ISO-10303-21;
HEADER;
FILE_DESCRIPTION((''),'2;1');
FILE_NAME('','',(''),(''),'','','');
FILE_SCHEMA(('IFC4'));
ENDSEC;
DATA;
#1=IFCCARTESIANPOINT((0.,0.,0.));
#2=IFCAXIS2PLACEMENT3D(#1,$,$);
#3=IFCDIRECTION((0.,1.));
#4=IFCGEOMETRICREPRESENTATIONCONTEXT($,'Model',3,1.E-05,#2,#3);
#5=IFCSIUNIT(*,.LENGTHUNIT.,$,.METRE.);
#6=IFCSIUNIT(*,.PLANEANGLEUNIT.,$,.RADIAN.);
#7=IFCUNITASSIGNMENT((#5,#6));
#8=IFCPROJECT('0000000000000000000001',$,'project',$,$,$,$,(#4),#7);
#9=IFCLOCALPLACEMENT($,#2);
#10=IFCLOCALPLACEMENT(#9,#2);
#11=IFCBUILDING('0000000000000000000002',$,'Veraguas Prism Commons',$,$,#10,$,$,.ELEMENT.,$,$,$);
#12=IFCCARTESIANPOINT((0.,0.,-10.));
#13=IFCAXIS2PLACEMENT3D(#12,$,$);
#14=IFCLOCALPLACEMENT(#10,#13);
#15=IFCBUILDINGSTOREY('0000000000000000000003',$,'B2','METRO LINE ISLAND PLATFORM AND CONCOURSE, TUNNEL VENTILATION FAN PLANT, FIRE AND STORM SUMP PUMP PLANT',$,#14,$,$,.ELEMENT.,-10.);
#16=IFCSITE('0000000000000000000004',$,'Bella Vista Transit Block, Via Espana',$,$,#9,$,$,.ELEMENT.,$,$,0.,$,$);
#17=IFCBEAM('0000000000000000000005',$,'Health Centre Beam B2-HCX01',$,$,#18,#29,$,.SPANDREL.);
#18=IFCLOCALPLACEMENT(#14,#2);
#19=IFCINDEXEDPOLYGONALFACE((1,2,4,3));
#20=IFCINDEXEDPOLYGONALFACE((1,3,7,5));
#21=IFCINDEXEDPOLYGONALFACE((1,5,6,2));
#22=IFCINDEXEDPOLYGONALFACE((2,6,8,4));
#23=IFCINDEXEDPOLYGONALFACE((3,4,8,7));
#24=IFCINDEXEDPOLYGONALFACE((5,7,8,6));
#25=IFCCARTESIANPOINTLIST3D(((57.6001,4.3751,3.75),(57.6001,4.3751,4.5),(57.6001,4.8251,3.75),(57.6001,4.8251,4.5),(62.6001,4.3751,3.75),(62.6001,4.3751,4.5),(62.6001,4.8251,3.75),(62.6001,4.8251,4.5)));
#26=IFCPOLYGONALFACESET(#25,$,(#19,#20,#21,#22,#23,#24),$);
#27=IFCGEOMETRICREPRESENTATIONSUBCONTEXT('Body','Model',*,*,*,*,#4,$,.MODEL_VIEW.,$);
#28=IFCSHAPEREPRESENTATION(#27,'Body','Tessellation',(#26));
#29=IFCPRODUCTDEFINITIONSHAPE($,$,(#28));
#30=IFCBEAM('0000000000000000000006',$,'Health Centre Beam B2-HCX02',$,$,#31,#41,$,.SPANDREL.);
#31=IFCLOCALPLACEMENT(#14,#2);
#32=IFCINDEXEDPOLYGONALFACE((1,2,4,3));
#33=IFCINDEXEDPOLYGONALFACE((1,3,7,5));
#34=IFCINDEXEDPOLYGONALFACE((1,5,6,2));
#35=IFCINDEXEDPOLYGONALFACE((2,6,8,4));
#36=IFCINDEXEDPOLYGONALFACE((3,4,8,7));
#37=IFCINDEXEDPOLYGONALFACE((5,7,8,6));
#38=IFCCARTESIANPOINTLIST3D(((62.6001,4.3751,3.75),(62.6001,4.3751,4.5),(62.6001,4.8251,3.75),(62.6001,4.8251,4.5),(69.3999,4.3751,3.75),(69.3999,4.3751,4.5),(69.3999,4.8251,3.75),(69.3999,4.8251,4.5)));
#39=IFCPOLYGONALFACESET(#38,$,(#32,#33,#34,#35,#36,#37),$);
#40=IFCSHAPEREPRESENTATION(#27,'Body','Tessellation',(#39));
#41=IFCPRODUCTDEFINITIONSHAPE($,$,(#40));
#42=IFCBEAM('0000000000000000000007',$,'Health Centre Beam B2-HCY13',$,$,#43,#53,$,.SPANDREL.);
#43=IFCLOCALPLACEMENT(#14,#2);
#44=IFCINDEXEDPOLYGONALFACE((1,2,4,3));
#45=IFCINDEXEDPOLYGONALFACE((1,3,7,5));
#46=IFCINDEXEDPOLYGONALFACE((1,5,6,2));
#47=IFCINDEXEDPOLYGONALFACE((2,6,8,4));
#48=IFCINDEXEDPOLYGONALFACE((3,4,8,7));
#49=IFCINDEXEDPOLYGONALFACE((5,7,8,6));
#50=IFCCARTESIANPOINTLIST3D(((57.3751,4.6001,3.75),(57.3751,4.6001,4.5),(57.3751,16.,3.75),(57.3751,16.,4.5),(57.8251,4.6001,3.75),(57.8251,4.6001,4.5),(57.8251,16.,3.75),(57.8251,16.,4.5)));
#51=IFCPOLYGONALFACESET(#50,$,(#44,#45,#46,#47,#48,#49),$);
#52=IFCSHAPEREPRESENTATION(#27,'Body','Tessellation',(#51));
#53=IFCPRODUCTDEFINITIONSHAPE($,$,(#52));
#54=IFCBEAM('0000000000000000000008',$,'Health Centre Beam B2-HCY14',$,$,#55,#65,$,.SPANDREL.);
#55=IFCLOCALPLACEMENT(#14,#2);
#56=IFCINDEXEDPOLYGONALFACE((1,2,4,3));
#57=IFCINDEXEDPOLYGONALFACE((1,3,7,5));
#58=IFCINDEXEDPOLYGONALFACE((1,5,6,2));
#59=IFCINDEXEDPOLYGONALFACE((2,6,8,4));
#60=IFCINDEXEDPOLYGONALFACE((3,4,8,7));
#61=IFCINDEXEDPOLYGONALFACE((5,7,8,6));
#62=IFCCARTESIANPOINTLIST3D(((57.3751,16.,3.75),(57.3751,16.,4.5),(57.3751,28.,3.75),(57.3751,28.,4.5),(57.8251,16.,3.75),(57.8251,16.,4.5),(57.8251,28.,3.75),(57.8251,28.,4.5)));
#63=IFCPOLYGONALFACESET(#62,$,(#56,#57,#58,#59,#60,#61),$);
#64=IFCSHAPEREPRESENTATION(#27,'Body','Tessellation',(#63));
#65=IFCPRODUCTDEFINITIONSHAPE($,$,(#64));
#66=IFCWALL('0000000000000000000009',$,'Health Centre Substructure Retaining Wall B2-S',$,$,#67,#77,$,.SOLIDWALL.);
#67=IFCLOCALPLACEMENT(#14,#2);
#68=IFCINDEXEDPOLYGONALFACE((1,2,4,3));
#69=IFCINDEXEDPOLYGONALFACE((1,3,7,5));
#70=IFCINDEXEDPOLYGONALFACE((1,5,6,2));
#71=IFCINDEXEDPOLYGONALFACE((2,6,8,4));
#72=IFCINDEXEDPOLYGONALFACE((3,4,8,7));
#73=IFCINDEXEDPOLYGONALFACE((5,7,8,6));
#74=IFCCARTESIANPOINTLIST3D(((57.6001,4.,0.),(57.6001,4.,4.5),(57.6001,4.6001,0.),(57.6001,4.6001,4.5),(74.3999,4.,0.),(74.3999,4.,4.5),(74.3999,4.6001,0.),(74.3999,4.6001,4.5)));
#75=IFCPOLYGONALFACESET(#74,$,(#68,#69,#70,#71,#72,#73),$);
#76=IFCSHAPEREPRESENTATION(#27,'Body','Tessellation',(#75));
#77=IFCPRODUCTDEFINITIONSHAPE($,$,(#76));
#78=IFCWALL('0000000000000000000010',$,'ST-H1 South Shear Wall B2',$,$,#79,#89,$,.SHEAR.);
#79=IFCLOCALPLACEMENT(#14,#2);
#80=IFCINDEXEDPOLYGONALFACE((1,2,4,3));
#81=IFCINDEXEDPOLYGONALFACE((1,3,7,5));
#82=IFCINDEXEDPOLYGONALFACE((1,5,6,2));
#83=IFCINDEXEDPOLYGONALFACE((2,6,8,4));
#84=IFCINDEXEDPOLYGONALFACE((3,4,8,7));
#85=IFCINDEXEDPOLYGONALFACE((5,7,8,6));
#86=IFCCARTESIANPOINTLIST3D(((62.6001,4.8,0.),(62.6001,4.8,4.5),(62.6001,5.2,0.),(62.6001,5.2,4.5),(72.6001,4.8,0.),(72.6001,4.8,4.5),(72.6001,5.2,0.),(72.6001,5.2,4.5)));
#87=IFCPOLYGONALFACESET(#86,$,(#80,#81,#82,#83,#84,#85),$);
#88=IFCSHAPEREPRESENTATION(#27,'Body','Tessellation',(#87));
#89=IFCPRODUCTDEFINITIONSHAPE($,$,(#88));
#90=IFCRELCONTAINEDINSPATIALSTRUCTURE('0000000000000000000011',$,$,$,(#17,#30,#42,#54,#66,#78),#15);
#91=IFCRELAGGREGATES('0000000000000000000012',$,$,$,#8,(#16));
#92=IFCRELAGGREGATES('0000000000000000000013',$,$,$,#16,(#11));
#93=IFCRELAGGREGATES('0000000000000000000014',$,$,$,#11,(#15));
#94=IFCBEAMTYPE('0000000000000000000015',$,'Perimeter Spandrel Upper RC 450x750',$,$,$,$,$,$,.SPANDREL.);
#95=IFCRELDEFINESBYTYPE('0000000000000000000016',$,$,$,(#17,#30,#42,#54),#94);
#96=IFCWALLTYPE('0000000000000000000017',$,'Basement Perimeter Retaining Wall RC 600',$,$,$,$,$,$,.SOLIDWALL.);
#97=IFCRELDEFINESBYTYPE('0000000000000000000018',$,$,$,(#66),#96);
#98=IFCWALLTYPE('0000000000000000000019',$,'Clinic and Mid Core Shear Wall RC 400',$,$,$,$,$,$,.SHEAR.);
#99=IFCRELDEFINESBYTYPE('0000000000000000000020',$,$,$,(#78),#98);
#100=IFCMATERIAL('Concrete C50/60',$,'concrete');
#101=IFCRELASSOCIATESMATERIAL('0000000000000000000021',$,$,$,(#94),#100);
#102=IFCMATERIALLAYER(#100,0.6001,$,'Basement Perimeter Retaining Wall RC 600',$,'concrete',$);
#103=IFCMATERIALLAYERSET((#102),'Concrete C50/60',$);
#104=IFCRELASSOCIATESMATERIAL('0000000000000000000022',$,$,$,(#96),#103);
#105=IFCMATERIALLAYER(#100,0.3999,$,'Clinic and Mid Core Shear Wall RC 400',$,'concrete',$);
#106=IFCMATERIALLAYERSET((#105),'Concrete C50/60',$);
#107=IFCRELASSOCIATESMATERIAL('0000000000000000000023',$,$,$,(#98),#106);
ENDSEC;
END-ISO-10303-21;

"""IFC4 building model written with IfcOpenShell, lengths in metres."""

from ifc_helpers import new_model, si_unit, direction, frame, frame_2d, origin, origin_2d, place, context, subcontext, project, spatial, rectangle, extrude, material, layer, layer_set, material_profile, profile_set, type_object, element, save


model = new_model("IFC4")

# Units and contexts
model_context = context("Model", 3, precision=1e-05, world=origin(), true_north=direction((0.0, 1.0)))
body_context = subcontext(model_context, "Body", "Model", "MODEL_VIEW")
ifc_project = project(units=[si_unit("LENGTHUNIT", "METRE"), si_unit("PLANEANGLEUNIT", "RADIAN")], contexts=[model_context])

# Site, building, storey
site_placement = place(None, origin())
site = spatial("IfcSite", under=ifc_project, at=site_placement, Name="Bella Vista Transit Block, Via Espana", CompositionType="ELEMENT", RefElevation=0.0)
building_placement = place(site_placement, origin())
building = spatial("IfcBuilding", under=site, at=building_placement, Name="Veraguas Prism Commons", CompositionType="ELEMENT")
storey_placement = place(building_placement, frame((0.0, 0.0, -10.0)))
storey = spatial("IfcBuildingStorey", under=building, at=storey_placement, Name="B2", Description="METRO LINE ISLAND PLATFORM AND CONCOURSE, TUNNEL VENTILATION FAN PLANT, FIRE AND STORM SUMP PUMP PLANT", CompositionType="ELEMENT", Elevation=-10.0)

# Shared definitions
ifc_material_1 = material(Name="Concrete C50/60", Category="concrete")

# Beams
ifc_material_profile_1 = material_profile(ifc_material_1, rectangle(XDim=0.45, YDim=0.75, at=origin_2d()), Name="RC450X750")
ifc_profile_set_1 = profile_set([ifc_material_profile_1], Name="Concrete C50/60")
beam_type_1 = type_object("IfcBeamType", Name="Perimeter Spandrel Upper RC 450x750", PredefinedType="SPANDREL", material=ifc_profile_set_1)
beam_1_placement = place(storey_placement, frame((57.6001, 4.6001, 4.125), z_axis=(1.0, 0.0, 0.0), x_axis=(0.0, 1.0, 0.0)))
element("IfcBeam", 1, at=beam_1_placement, inside=storey, type_object=beam_type_1, Name="Health Centre Beam B2-HCX01", PredefinedType="SPANDREL", context=body_context, shape_type="SweptSolid", body=[
    extrude(rectangle(XDim=0.45, YDim=0.75, at=origin_2d()), origin(), (0.0, 0.0, 1.0), 5.0),
])
beam_2_placement = place(storey_placement, frame((62.6001, 4.6001, 4.125), z_axis=(1.0, 0.0, 0.0), x_axis=(0.0, 1.0, 0.0)))
element("IfcBeam", 2, at=beam_2_placement, inside=storey, type_object=beam_type_1, Name="Health Centre Beam B2-HCX02", PredefinedType="SPANDREL", context=body_context, shape_type="SweptSolid", body=[
    extrude(rectangle(XDim=0.45, YDim=0.75, at=origin_2d()), origin(), (0.0, 0.0, 1.0), 6.7998),
])
beam_3_placement = place(storey_placement, frame((57.6001, 4.6001, 4.125), z_axis=(0.0, 1.0, 0.0), x_axis=(-1.0, 0.0, 0.0)))
element("IfcBeam", 3, at=beam_3_placement, inside=storey, type_object=beam_type_1, Name="Health Centre Beam B2-HCY13", PredefinedType="SPANDREL", context=body_context, shape_type="SweptSolid", body=[
    extrude(rectangle(XDim=0.45, YDim=0.75, at=origin_2d()), origin(), (0.0, 0.0, 1.0), 11.3999),
])
beam_4_placement = place(storey_placement, frame((57.6001, 16.0, 4.125), z_axis=(0.0, 1.0, 0.0), x_axis=(-1.0, 0.0, 0.0)))
element("IfcBeam", 4, at=beam_4_placement, inside=storey, type_object=beam_type_1, Name="Health Centre Beam B2-HCY14", PredefinedType="SPANDREL", context=body_context, shape_type="SweptSolid", body=[
    extrude(rectangle(XDim=0.45, YDim=0.75, at=origin_2d()), origin(), (0.0, 0.0, 1.0), 12.0),
])

# Walls
ifc_layer_1 = layer(ifc_material_1, 0.6001, Name="Basement Perimeter Retaining Wall RC 600", Category="concrete")
ifc_layer_set_1 = layer_set([ifc_layer_1], Name="Concrete C50/60")
wall_type_1 = type_object("IfcWallType", Name="Basement Perimeter Retaining Wall RC 600", PredefinedType="SOLIDWALL", material=ifc_layer_set_1)
wall_1_placement = place(storey_placement, frame((57.6001, 4.3, 0.0), z_axis=(0.0, 0.0, 1.0), x_axis=(1.0, 0.0, 0.0)))
element("IfcWall", 5, at=wall_1_placement, inside=storey, type_object=wall_type_1, Name="Health Centre Substructure Retaining Wall B2-S", PredefinedType="SOLIDWALL", context=body_context, shape_type="SweptSolid", body=[
    extrude(rectangle(XDim=16.7998, YDim=0.6001, at=frame_2d((8.3999, 0.0))), origin(), (0.0, 0.0, 1.0), 4.5),
])
ifc_layer_2 = layer(ifc_material_1, 0.3999, Name="Clinic and Mid Core Shear Wall RC 400", Category="concrete")
ifc_layer_set_2 = layer_set([ifc_layer_2], Name="Concrete C50/60")
wall_type_2 = type_object("IfcWallType", Name="Clinic and Mid Core Shear Wall RC 400", PredefinedType="SHEAR", material=ifc_layer_set_2)
wall_2_placement = place(storey_placement, frame((62.6001, 5.0, 0.0), z_axis=(0.0, 0.0, 1.0), x_axis=(1.0, 0.0, 0.0)))
element("IfcWall", 6, at=wall_2_placement, inside=storey, type_object=wall_type_2, Name="ST-H1 South Shear Wall B2", PredefinedType="SHEAR", context=body_context, shape_type="SweptSolid", body=[
    extrude(rectangle(XDim=10.0, YDim=0.3999, at=frame_2d((5.0, 0.0))), origin(), (0.0, 0.0, 1.0), 4.5),
])

save(model, "model.ifc")
